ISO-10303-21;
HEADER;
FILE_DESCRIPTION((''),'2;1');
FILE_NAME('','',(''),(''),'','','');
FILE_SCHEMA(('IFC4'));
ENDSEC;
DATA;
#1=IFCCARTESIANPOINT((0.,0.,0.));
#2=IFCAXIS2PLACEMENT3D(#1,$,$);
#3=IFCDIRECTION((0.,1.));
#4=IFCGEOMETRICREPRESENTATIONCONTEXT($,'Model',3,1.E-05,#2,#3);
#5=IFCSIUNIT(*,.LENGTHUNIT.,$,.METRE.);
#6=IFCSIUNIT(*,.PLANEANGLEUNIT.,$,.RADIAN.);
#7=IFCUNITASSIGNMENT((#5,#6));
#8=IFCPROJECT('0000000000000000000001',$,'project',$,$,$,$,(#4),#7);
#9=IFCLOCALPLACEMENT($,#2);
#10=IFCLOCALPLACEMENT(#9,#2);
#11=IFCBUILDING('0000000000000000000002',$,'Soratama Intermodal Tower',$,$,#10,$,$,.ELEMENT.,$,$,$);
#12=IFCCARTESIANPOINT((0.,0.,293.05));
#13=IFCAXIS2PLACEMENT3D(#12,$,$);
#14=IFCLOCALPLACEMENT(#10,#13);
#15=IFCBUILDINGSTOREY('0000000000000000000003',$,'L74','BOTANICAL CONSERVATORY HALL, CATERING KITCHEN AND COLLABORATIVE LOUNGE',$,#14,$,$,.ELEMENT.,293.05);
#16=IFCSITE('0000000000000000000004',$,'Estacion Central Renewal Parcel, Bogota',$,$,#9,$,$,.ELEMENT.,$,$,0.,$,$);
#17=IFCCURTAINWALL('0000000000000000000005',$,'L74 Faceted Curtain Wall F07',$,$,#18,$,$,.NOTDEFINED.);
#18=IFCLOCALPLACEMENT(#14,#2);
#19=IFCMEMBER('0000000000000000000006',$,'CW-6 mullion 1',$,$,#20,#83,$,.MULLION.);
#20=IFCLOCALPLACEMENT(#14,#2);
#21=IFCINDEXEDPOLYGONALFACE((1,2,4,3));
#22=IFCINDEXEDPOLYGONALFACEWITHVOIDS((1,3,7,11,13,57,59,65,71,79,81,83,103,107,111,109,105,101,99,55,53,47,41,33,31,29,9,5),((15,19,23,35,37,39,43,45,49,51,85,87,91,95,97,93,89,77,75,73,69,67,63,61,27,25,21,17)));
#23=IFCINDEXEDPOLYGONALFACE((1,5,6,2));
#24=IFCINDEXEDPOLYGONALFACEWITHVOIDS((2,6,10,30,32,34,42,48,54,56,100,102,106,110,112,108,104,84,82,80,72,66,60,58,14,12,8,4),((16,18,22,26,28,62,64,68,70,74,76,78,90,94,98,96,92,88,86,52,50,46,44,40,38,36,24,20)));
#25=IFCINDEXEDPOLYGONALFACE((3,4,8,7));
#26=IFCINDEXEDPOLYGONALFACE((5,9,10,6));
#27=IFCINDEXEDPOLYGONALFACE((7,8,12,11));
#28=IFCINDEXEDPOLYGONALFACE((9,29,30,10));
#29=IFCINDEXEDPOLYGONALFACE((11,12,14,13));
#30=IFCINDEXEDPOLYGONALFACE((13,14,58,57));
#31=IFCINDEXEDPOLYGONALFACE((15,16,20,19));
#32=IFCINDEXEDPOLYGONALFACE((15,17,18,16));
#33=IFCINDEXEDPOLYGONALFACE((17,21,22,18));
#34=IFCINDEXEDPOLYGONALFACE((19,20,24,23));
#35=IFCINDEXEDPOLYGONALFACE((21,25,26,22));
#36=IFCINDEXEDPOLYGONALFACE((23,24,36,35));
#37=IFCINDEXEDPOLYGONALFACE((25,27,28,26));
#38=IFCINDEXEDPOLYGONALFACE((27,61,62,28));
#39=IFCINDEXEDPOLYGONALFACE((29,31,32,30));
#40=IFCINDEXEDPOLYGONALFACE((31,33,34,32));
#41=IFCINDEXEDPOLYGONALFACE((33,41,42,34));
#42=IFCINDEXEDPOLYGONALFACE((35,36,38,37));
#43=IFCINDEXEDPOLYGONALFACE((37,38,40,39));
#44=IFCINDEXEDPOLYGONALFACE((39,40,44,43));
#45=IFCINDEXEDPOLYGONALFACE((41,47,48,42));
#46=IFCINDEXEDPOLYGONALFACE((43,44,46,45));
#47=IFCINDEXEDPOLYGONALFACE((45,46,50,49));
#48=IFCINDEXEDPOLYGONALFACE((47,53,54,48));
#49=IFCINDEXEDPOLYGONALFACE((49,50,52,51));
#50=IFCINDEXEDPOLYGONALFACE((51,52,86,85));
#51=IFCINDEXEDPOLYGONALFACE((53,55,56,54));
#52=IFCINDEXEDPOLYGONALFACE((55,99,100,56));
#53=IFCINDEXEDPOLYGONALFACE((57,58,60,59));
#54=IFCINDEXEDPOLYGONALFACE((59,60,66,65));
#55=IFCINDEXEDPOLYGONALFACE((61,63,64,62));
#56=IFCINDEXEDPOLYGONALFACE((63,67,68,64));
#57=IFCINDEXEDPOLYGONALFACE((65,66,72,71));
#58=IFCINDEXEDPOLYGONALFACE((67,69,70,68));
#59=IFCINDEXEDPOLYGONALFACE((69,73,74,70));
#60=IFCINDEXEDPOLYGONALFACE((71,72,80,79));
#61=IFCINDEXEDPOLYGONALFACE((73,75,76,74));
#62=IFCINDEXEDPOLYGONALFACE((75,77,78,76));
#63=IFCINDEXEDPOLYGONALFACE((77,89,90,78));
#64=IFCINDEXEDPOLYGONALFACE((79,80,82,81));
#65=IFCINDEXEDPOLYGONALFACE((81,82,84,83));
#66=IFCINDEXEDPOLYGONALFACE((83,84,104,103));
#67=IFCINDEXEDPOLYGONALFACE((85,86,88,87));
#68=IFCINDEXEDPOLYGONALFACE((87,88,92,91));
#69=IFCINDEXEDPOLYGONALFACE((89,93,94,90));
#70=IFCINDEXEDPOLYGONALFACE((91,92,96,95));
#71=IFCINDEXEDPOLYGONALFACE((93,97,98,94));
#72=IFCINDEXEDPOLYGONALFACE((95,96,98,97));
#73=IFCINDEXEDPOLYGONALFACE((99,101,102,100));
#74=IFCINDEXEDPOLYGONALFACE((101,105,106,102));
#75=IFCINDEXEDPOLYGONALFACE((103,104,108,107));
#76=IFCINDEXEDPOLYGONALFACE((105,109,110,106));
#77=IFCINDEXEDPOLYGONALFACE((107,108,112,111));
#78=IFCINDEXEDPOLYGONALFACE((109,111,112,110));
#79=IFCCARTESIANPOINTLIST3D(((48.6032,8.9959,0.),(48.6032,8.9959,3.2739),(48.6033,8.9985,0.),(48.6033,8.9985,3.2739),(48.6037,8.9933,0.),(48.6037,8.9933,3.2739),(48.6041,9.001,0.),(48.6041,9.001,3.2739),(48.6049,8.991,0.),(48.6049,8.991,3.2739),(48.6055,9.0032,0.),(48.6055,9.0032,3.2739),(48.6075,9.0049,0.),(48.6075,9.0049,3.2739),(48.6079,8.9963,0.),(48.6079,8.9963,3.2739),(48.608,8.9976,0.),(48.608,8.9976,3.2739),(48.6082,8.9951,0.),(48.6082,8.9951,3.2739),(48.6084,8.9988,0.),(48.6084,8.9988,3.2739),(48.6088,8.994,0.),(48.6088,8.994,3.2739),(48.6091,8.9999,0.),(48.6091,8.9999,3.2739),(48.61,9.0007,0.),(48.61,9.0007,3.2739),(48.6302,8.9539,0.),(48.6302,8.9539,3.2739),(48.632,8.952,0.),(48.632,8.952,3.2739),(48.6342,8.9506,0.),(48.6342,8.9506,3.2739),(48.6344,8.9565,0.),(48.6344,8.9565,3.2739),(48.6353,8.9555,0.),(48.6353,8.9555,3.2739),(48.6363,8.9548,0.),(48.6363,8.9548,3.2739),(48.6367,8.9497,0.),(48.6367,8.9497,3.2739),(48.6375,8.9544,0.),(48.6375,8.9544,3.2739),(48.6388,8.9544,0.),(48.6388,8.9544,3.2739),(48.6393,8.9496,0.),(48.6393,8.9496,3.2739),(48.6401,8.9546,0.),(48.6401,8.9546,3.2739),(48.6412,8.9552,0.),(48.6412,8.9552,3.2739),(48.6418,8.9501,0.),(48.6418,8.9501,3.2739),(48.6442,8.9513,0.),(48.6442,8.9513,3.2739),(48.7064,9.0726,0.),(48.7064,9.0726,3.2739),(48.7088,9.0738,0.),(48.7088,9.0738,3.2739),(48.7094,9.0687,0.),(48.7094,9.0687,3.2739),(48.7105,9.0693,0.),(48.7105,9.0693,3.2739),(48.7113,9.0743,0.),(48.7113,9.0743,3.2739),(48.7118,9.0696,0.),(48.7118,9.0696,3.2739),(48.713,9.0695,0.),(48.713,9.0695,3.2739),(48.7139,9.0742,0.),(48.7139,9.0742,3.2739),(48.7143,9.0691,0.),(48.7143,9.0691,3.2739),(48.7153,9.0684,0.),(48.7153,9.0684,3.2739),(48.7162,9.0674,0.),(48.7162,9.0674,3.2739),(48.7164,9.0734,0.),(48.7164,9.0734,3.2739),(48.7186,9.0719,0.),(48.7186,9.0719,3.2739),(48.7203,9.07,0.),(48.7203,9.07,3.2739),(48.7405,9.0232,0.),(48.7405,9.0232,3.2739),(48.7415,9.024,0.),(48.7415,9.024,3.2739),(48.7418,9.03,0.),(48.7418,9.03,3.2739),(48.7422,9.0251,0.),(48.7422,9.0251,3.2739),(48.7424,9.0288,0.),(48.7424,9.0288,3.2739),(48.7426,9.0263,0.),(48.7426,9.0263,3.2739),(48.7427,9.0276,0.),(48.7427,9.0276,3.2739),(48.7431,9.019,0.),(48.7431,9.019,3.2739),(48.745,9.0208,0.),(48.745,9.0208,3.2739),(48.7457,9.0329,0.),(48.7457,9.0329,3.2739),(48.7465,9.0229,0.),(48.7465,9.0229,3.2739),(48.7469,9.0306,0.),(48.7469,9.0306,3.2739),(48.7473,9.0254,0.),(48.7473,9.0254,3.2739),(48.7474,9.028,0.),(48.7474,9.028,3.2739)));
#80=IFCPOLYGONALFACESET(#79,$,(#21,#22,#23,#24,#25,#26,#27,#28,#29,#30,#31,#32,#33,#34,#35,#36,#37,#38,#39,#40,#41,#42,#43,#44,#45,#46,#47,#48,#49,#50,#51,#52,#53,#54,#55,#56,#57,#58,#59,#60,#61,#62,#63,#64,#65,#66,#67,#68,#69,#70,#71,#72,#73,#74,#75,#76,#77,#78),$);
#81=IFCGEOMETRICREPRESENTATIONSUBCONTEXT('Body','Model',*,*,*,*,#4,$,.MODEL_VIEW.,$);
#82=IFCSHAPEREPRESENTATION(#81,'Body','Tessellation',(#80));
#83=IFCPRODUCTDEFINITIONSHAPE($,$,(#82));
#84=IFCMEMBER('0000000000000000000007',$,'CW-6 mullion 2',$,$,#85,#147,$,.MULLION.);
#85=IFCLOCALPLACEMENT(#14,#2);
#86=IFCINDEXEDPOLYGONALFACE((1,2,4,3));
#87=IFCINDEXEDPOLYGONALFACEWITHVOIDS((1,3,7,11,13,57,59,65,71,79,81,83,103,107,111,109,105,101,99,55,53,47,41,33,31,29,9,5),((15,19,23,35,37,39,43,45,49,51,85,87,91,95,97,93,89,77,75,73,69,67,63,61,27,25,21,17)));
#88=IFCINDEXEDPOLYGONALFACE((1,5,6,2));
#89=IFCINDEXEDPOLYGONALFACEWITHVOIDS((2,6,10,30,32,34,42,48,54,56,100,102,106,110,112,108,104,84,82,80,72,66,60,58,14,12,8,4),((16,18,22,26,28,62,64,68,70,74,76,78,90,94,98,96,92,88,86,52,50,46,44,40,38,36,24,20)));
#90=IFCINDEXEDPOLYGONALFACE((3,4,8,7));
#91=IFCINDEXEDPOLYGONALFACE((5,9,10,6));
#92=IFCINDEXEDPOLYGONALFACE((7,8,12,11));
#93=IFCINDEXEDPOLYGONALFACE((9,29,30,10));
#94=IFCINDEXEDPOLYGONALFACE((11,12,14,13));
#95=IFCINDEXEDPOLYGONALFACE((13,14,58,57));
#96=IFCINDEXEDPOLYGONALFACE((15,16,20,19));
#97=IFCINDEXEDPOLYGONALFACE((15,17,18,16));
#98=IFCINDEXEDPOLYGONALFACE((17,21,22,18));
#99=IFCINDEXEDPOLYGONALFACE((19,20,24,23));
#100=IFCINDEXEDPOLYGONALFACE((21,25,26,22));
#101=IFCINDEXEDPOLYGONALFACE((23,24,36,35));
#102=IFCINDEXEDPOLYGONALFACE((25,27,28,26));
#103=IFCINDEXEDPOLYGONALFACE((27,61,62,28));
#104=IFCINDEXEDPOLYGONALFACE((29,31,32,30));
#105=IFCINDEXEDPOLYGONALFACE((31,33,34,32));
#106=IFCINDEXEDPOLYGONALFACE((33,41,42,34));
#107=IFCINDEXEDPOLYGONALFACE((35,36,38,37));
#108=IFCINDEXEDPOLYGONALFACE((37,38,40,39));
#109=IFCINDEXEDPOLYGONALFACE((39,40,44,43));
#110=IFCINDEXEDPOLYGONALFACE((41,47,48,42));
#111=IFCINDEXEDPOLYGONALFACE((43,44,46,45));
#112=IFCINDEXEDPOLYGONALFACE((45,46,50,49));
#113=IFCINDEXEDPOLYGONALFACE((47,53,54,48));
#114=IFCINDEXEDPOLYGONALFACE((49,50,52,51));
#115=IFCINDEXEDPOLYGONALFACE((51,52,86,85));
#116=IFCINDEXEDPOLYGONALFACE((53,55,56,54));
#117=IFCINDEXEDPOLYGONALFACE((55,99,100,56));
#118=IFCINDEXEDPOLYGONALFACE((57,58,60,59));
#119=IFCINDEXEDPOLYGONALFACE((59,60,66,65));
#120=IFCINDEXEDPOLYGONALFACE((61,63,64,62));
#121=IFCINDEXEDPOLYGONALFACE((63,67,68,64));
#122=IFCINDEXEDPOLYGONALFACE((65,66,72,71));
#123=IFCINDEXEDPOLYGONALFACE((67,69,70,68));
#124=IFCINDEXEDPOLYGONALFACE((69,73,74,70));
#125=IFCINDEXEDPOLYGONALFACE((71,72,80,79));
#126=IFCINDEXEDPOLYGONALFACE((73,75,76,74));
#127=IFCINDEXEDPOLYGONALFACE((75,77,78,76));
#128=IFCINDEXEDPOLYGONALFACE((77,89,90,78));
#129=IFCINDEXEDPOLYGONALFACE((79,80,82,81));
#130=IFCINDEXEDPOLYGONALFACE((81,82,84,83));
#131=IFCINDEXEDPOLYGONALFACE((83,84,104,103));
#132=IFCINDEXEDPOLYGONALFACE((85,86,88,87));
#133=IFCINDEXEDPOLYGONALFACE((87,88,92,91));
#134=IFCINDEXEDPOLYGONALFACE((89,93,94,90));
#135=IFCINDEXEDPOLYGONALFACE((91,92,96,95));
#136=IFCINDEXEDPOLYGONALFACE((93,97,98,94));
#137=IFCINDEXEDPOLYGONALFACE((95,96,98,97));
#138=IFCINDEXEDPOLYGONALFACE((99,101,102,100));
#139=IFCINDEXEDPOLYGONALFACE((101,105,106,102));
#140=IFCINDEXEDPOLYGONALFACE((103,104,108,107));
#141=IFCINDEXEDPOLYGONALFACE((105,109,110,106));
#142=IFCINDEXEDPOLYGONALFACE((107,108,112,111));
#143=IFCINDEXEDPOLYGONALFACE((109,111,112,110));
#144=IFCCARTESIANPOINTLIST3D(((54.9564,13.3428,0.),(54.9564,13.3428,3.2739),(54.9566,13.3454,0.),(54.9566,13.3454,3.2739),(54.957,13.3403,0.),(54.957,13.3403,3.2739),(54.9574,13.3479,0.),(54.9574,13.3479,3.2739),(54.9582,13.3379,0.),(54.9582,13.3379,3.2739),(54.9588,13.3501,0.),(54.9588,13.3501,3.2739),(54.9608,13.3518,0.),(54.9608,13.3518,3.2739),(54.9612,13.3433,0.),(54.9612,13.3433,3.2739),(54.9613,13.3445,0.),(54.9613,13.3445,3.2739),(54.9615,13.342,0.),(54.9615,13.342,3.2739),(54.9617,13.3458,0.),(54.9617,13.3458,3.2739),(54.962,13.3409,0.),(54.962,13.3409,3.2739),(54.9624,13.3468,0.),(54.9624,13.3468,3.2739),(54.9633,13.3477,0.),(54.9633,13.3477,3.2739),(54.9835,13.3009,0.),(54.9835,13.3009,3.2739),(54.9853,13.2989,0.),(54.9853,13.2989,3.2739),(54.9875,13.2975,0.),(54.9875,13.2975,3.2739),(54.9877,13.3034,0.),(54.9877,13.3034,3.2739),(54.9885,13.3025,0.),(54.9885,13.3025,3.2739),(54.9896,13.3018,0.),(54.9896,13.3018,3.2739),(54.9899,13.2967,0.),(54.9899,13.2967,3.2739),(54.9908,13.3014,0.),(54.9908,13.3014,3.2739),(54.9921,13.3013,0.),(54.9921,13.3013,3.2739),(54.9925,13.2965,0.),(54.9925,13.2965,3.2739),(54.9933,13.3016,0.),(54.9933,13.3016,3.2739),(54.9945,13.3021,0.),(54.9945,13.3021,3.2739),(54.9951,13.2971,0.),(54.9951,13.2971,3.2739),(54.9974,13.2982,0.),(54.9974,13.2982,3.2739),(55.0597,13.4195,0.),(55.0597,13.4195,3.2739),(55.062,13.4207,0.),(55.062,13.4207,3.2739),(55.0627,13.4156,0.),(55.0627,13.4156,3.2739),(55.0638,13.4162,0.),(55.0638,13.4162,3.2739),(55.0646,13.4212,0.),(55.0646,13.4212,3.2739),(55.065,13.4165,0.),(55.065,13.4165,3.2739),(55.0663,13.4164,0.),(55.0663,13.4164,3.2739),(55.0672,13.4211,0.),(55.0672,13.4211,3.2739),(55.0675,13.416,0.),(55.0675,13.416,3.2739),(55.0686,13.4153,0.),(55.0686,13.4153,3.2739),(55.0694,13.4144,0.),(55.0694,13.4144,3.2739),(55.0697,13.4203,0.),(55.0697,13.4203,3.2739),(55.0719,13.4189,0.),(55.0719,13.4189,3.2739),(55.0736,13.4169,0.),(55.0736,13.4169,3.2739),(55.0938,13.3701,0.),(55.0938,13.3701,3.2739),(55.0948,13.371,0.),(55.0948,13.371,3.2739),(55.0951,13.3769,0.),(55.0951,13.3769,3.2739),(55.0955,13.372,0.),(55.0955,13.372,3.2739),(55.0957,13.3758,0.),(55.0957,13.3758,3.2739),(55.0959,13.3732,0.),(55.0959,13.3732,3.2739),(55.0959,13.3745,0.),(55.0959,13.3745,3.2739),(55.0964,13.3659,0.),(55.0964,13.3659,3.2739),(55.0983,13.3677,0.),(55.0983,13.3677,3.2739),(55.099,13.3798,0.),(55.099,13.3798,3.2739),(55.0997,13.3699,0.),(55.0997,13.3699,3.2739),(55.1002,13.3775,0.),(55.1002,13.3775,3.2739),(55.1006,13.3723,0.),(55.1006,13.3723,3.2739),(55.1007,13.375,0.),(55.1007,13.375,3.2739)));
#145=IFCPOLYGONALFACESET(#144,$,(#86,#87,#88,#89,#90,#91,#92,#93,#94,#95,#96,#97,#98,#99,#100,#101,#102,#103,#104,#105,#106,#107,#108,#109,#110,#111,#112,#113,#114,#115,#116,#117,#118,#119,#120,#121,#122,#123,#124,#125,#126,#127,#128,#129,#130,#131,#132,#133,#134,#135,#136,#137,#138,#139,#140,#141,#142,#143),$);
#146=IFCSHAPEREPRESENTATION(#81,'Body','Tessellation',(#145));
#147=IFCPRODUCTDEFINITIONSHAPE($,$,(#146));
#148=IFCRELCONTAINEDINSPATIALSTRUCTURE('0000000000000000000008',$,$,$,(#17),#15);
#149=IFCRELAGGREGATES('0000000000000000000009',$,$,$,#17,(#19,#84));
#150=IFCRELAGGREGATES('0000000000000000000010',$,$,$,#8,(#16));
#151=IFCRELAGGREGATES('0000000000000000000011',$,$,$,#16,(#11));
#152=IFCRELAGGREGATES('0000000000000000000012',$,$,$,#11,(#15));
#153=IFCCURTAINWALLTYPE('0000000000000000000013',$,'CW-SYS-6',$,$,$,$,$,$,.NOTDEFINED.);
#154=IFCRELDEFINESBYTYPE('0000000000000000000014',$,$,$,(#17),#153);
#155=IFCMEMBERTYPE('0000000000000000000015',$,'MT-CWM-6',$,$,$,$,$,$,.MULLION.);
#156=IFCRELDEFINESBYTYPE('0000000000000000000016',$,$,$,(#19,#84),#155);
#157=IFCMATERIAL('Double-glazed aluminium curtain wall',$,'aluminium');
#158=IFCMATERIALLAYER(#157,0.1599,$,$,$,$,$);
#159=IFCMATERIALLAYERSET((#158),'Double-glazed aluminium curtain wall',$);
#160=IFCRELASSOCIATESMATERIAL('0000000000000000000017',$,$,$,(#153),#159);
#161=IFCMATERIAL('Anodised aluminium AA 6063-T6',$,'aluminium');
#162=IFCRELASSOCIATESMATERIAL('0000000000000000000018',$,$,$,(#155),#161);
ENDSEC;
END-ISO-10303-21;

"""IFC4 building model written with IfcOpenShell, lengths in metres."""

from ifc_helpers import new_model, si_unit, direction, frame, origin, origin_2d, place, context, subcontext, project, spatial, hollow_rectangle, extrude, material, layer, layer_set, material_profile, profile_set, type_object, element, aggregate, save


model = new_model("IFC4")

# Units and contexts
model_context = context("Model", 3, precision=1e-05, world=origin(), true_north=direction((0.0, 1.0)))
body_context = subcontext(model_context, "Body", "Model", "MODEL_VIEW")
ifc_project = project(units=[si_unit("LENGTHUNIT", "METRE"), si_unit("PLANEANGLEUNIT", "RADIAN")], contexts=[model_context])

# Site, building, storey
site_placement = place(None, origin())
site = spatial("IfcSite", under=ifc_project, at=site_placement, Name="Estacion Central Renewal Parcel, Bogota", CompositionType="ELEMENT", RefElevation=0.0)
building_placement = place(site_placement, origin())
building = spatial("IfcBuilding", under=site, at=building_placement, Name="Soratama Intermodal Tower", CompositionType="ELEMENT")
storey_placement = place(building_placement, frame((0.0, 0.0, 293.05)))
storey = spatial("IfcBuildingStorey", under=building, at=storey_placement, Name="L74", Description="BOTANICAL CONSERVATORY HALL, CATERING KITCHEN AND COLLABORATIVE LOUNGE", CompositionType="ELEMENT", Elevation=293.05)

# Curtain wall, members
ifc_material_1 = material(Name="Double-glazed aluminium curtain wall", Category="aluminium")
ifc_layer_1 = layer(ifc_material_1, 0.1599)
ifc_layer_set_1 = layer_set([ifc_layer_1], Name="Double-glazed aluminium curtain wall")
curtain_wall_type = type_object("IfcCurtainWallType", Name="CW-SYS-6", PredefinedType="NOTDEFINED", material=ifc_layer_set_1)
curtain_wall_1_placement = place(storey_placement, origin())
curtain_wall_1 = element("IfcCurtainWall", 1, at=curtain_wall_1_placement, inside=storey, type_object=curtain_wall_type, Name="L74 Faceted Curtain Wall F07", PredefinedType="NOTDEFINED")
ifc_material_2 = material(Name="Anodised aluminium AA 6063-T6", Category="aluminium")
ifc_material_profile_1 = material_profile(ifc_material_2, hollow_rectangle(XDim=0.0649, YDim=0.1399, WallThickness=0.0049, InnerFilletRadius=0.0049, OuterFilletRadius=0.01, at=origin_2d()), Name="CWM140X65X5")
ifc_profile_set_1 = profile_set([ifc_material_profile_1], Name="Anodised aluminium AA 6063-T6")
member_type_1 = type_object("IfcMemberType", Name="MT-CWM-6", PredefinedType="MULLION", material=ifc_profile_set_1)
member_1_placement = place(storey_placement, frame((48.6753, 9.012, 0.0), z_axis=(0.0, 0.0, 1.0), x_axis=(-0.564681, 0.825309, 0.0)))
member_1 = element("IfcMember", 2, at=member_1_placement, type_object=member_type_1, Name="CW-6 mullion 1", PredefinedType="MULLION", context=body_context, shape_type="SweptSolid", body=[
    extrude(hollow_rectangle(XDim=0.0649, YDim=0.1399, WallThickness=0.0049, InnerFilletRadius=0.0049, OuterFilletRadius=0.01, at=origin_2d()), origin(), (0.0, 0.0, 1.0), 3.2739),
])
member_2_placement = place(storey_placement, frame((55.0286, 13.3589, 0.0), z_axis=(0.0, 0.0, 1.0), x_axis=(-0.564681, 0.825309, 0.0)))
member_2 = element("IfcMember", 3, at=member_2_placement, type_object=member_type_1, Name="CW-6 mullion 2", PredefinedType="MULLION", context=body_context, shape_type="SweptSolid", body=[
    extrude(hollow_rectangle(XDim=0.0649, YDim=0.1399, WallThickness=0.0049, InnerFilletRadius=0.0049, OuterFilletRadius=0.01, at=origin_2d()), origin(), (0.0, 0.0, 1.0), 3.2739),
])

aggregate(curtain_wall_1, [member_1, member_2])

save(model, "model.ifc")
